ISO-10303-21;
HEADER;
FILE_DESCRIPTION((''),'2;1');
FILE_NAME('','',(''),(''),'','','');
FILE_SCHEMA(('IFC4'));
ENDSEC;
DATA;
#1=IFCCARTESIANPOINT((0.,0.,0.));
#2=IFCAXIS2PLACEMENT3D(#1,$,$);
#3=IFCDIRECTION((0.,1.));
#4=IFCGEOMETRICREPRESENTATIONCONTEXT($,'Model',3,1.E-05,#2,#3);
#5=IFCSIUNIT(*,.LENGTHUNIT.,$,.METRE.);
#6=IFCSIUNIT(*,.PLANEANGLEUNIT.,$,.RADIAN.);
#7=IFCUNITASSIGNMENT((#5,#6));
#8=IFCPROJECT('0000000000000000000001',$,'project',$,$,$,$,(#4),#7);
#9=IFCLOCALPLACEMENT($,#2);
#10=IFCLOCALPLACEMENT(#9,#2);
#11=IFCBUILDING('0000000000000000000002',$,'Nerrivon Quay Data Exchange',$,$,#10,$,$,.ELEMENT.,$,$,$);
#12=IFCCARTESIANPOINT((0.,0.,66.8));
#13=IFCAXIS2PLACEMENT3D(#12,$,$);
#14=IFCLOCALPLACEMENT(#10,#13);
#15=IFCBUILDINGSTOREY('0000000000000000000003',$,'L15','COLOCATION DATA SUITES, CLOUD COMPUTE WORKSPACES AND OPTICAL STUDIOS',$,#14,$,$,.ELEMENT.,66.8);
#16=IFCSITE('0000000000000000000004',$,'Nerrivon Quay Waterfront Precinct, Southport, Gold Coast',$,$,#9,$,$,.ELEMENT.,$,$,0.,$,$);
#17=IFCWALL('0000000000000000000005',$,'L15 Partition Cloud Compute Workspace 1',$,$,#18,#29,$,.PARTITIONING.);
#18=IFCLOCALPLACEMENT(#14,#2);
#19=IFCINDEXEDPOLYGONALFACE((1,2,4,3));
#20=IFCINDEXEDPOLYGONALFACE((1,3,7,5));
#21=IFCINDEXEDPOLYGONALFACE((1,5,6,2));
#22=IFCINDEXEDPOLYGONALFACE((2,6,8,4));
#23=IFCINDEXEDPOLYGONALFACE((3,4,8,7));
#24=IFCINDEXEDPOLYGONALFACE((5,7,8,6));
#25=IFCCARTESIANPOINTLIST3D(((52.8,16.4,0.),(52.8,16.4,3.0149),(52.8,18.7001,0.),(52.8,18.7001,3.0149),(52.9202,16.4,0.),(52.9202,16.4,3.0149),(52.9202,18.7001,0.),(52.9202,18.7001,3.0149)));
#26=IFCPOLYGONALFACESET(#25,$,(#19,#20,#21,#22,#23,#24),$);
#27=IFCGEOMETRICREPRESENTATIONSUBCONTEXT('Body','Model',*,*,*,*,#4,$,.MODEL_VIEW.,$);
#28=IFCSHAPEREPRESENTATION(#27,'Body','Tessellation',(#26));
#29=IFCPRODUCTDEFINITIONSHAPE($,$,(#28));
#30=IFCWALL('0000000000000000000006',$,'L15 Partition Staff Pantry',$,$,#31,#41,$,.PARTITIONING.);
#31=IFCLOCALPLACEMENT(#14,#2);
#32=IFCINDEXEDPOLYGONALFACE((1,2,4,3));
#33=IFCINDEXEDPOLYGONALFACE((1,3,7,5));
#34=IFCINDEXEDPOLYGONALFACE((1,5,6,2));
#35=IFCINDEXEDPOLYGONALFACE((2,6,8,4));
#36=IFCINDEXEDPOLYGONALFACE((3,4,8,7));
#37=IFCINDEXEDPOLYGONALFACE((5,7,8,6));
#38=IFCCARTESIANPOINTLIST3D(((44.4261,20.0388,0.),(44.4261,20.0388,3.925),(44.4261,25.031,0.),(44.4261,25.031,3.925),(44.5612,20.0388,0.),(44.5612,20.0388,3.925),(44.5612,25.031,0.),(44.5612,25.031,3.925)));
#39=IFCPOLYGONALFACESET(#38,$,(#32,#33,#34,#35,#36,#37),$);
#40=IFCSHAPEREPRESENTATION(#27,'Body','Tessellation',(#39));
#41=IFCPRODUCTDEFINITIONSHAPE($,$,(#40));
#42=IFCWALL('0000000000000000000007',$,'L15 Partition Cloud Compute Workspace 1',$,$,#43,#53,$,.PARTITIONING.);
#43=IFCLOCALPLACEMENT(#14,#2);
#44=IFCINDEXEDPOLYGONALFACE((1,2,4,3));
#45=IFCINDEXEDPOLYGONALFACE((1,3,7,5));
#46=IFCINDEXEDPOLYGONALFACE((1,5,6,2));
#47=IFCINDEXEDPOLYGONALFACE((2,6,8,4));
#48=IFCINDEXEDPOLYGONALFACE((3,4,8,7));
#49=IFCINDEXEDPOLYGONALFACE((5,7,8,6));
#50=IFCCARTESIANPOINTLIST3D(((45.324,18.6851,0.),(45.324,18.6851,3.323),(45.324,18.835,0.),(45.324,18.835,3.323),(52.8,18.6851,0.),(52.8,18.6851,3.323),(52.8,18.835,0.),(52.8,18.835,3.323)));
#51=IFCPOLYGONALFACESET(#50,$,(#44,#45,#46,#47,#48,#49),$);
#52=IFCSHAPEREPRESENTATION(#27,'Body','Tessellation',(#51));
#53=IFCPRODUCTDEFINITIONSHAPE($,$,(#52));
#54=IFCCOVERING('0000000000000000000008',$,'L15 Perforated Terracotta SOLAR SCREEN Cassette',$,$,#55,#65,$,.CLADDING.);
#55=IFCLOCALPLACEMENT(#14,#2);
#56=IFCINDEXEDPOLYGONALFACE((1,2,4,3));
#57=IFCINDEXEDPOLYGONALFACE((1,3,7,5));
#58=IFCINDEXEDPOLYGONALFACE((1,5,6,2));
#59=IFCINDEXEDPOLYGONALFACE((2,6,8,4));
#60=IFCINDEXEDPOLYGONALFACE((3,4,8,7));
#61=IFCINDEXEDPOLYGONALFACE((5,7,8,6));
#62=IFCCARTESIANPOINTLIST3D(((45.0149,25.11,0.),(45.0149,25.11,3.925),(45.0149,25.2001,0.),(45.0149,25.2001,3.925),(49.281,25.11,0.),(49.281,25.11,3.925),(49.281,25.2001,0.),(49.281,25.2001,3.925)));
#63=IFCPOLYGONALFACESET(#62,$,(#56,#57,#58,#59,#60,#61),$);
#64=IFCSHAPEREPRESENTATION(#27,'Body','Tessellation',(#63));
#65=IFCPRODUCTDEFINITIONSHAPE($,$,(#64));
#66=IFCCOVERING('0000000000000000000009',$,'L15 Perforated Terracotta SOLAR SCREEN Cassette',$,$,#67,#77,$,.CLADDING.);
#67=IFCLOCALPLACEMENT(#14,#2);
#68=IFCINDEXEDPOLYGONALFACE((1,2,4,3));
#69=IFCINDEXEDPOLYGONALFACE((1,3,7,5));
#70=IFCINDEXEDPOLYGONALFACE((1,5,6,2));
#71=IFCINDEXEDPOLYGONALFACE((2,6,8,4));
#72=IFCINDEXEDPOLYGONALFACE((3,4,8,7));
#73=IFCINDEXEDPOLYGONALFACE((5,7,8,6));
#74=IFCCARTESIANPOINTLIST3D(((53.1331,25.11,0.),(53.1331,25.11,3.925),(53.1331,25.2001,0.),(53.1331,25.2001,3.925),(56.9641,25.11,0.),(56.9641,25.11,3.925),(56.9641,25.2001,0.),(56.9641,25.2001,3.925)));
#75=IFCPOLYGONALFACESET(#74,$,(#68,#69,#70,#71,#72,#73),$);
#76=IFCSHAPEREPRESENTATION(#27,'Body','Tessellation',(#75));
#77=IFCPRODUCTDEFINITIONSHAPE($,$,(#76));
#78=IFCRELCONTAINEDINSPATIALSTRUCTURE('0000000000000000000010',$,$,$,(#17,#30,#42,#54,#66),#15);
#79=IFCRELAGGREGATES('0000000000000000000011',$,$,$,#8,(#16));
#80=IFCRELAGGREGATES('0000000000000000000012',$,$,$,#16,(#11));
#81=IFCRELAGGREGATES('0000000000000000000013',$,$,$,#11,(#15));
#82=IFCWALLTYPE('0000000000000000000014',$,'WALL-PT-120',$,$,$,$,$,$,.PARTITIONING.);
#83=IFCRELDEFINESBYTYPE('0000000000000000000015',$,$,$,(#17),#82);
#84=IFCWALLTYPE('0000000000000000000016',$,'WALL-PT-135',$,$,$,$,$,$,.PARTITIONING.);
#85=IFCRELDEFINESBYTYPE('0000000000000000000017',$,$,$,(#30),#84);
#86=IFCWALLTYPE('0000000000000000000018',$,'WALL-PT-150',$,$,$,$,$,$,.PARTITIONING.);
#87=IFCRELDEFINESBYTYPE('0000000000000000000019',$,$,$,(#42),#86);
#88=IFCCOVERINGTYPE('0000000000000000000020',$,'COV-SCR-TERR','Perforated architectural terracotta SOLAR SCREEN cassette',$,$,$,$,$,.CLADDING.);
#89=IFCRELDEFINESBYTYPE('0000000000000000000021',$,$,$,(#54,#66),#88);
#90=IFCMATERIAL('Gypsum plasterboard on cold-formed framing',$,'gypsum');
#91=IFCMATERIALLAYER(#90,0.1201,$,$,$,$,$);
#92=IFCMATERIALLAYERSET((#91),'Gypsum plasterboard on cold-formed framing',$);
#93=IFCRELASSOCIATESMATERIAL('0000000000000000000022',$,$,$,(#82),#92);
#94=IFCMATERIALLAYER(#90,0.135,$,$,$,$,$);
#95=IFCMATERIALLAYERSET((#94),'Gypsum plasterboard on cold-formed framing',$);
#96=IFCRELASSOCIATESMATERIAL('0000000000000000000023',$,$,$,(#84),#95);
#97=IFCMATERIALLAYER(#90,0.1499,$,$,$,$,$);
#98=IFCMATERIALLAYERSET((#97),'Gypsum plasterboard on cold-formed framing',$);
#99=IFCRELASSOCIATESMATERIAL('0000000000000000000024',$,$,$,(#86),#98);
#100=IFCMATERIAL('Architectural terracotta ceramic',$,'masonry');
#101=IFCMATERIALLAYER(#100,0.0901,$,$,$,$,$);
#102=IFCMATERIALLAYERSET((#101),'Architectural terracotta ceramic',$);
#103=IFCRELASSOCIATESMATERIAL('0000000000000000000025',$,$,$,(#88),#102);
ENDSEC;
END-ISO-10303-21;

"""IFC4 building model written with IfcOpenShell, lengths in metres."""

from ifc_helpers import new_model, si_unit, direction, frame, frame_2d, origin, origin_2d, place, context, subcontext, project, spatial, rectangle, extrude, material, layer, layer_set, type_object, element, save


model = new_model("IFC4")

# Units and contexts
model_context = context("Model", 3, precision=1e-05, world=origin(), true_north=direction((0.0, 1.0)))
body_context = subcontext(model_context, "Body", "Model", "MODEL_VIEW")
ifc_project = project(units=[si_unit("LENGTHUNIT", "METRE"), si_unit("PLANEANGLEUNIT", "RADIAN")], contexts=[model_context])

# Site, building, storey
site_placement = place(None, origin())
site = spatial("IfcSite", under=ifc_project, at=site_placement, Name="Nerrivon Quay Waterfront Precinct, Southport, Gold Coast", CompositionType="ELEMENT", RefElevation=0.0)
building_placement = place(site_placement, origin())
building = spatial("IfcBuilding", under=site, at=building_placement, Name="Nerrivon Quay Data Exchange", CompositionType="ELEMENT")
storey_placement = place(building_placement, frame((0.0, 0.0, 66.8)))
storey = spatial("IfcBuildingStorey", under=building, at=storey_placement, Name="L15", Description="COLOCATION DATA SUITES, CLOUD COMPUTE WORKSPACES AND OPTICAL STUDIOS", CompositionType="ELEMENT", Elevation=66.8)

# Walls
ifc_material_1 = material(Name="Gypsum plasterboard on cold-formed framing", Category="gypsum")
ifc_layer_1 = layer(ifc_material_1, 0.1201)
ifc_layer_set_1 = layer_set([ifc_layer_1], Name="Gypsum plasterboard on cold-formed framing")
wall_type_1 = type_object("IfcWallType", Name="WALL-PT-120", PredefinedType="PARTITIONING", material=ifc_layer_set_1)
wall_1_placement = place(storey_placement, frame((52.8601, 18.7, 0.0), z_axis=(0.0, 0.0, 1.0), x_axis=(0.0, -1.0, 0.0)))
element("IfcWall", 1, at=wall_1_placement, inside=storey, type_object=wall_type_1, Name="L15 Partition Cloud Compute Workspace 1", PredefinedType="PARTITIONING", context=body_context, shape_type="SweptSolid", body=[
    extrude(rectangle(XDim=2.3, YDim=0.1201, at=frame_2d((1.1499, 0.0))), origin(), (0.0, 0.0, 1.0), 3.0149),
])
ifc_layer_2 = layer(ifc_material_1, 0.135)
ifc_layer_set_2 = layer_set([ifc_layer_2], Name="Gypsum plasterboard on cold-formed framing")
wall_type_2 = type_object("IfcWallType", Name="WALL-PT-135", PredefinedType="PARTITIONING", material=ifc_layer_set_2)
wall_2_placement = place(storey_placement, frame((44.4937, 20.0388, 0.0), z_axis=(0.0, 0.0, 1.0), x_axis=(0.0, 1.0, 0.0)))
element("IfcWall", 2, at=wall_2_placement, inside=storey, type_object=wall_type_2, Name="L15 Partition Staff Pantry", PredefinedType="PARTITIONING", context=body_context, shape_type="SweptSolid", body=[
    extrude(rectangle(XDim=4.9922, YDim=0.135, at=frame_2d((2.4961, 0.0))), origin(), (0.0, 0.0, 1.0), 3.925),
])
ifc_layer_3 = layer(ifc_material_1, 0.1499)
ifc_layer_set_3 = layer_set([ifc_layer_3], Name="Gypsum plasterboard on cold-formed framing")
wall_type_3 = type_object("IfcWallType", Name="WALL-PT-150", PredefinedType="PARTITIONING", material=ifc_layer_set_3)
wall_3_placement = place(storey_placement, frame((45.324, 18.76, 0.0), z_axis=(0.0, 0.0, 1.0), x_axis=(1.0, 0.0, 0.0)))
element("IfcWall", 3, at=wall_3_placement, inside=storey, type_object=wall_type_3, Name="L15 Partition Cloud Compute Workspace 1", PredefinedType="PARTITIONING", context=body_context, shape_type="SweptSolid", body=[
    extrude(rectangle(XDim=7.4761, YDim=0.1499, at=frame_2d((3.738, 0.0))), origin(), (0.0, 0.0, 1.0), 3.323),
])

# Coverings
ifc_material_2 = material(Name="Architectural terracotta ceramic", Category="masonry")
ifc_layer_4 = layer(ifc_material_2, 0.0901)
ifc_layer_set_4 = layer_set([ifc_layer_4], Name="Architectural terracotta ceramic")
covering_type = type_object("IfcCoveringType", Name="COV-SCR-TERR", Description="Perforated architectural terracotta SOLAR SCREEN cassette", PredefinedType="CLADDING", material=ifc_layer_set_4)
covering_1_placement = place(storey_placement, frame((47.1479, 25.155, 0.0), z_axis=(0.0, 0.0, 1.0), x_axis=(1.0, 0.0, 0.0)))
element("IfcCovering", 4, at=covering_1_placement, inside=storey, type_object=covering_type, Name="L15 Perforated Terracotta SOLAR SCREEN Cassette", PredefinedType="CLADDING", context=body_context, shape_type="SweptSolid", body=[
    extrude(rectangle(XDim=4.2661, YDim=0.0901, at=origin_2d()), origin(), (0.0, 0.0, 1.0), 3.925),
])
covering_2_placement = place(storey_placement, frame((55.0486, 25.155, 0.0), z_axis=(0.0, 0.0, 1.0), x_axis=(1.0, 0.0, 0.0)))
element("IfcCovering", 5, at=covering_2_placement, inside=storey, type_object=covering_type, Name="L15 Perforated Terracotta SOLAR SCREEN Cassette", PredefinedType="CLADDING", context=body_context, shape_type="SweptSolid", body=[
    extrude(rectangle(XDim=3.8311, YDim=0.0901, at=origin_2d()), origin(), (0.0, 0.0, 1.0), 3.925),
])

save(model, "model.ifc")
